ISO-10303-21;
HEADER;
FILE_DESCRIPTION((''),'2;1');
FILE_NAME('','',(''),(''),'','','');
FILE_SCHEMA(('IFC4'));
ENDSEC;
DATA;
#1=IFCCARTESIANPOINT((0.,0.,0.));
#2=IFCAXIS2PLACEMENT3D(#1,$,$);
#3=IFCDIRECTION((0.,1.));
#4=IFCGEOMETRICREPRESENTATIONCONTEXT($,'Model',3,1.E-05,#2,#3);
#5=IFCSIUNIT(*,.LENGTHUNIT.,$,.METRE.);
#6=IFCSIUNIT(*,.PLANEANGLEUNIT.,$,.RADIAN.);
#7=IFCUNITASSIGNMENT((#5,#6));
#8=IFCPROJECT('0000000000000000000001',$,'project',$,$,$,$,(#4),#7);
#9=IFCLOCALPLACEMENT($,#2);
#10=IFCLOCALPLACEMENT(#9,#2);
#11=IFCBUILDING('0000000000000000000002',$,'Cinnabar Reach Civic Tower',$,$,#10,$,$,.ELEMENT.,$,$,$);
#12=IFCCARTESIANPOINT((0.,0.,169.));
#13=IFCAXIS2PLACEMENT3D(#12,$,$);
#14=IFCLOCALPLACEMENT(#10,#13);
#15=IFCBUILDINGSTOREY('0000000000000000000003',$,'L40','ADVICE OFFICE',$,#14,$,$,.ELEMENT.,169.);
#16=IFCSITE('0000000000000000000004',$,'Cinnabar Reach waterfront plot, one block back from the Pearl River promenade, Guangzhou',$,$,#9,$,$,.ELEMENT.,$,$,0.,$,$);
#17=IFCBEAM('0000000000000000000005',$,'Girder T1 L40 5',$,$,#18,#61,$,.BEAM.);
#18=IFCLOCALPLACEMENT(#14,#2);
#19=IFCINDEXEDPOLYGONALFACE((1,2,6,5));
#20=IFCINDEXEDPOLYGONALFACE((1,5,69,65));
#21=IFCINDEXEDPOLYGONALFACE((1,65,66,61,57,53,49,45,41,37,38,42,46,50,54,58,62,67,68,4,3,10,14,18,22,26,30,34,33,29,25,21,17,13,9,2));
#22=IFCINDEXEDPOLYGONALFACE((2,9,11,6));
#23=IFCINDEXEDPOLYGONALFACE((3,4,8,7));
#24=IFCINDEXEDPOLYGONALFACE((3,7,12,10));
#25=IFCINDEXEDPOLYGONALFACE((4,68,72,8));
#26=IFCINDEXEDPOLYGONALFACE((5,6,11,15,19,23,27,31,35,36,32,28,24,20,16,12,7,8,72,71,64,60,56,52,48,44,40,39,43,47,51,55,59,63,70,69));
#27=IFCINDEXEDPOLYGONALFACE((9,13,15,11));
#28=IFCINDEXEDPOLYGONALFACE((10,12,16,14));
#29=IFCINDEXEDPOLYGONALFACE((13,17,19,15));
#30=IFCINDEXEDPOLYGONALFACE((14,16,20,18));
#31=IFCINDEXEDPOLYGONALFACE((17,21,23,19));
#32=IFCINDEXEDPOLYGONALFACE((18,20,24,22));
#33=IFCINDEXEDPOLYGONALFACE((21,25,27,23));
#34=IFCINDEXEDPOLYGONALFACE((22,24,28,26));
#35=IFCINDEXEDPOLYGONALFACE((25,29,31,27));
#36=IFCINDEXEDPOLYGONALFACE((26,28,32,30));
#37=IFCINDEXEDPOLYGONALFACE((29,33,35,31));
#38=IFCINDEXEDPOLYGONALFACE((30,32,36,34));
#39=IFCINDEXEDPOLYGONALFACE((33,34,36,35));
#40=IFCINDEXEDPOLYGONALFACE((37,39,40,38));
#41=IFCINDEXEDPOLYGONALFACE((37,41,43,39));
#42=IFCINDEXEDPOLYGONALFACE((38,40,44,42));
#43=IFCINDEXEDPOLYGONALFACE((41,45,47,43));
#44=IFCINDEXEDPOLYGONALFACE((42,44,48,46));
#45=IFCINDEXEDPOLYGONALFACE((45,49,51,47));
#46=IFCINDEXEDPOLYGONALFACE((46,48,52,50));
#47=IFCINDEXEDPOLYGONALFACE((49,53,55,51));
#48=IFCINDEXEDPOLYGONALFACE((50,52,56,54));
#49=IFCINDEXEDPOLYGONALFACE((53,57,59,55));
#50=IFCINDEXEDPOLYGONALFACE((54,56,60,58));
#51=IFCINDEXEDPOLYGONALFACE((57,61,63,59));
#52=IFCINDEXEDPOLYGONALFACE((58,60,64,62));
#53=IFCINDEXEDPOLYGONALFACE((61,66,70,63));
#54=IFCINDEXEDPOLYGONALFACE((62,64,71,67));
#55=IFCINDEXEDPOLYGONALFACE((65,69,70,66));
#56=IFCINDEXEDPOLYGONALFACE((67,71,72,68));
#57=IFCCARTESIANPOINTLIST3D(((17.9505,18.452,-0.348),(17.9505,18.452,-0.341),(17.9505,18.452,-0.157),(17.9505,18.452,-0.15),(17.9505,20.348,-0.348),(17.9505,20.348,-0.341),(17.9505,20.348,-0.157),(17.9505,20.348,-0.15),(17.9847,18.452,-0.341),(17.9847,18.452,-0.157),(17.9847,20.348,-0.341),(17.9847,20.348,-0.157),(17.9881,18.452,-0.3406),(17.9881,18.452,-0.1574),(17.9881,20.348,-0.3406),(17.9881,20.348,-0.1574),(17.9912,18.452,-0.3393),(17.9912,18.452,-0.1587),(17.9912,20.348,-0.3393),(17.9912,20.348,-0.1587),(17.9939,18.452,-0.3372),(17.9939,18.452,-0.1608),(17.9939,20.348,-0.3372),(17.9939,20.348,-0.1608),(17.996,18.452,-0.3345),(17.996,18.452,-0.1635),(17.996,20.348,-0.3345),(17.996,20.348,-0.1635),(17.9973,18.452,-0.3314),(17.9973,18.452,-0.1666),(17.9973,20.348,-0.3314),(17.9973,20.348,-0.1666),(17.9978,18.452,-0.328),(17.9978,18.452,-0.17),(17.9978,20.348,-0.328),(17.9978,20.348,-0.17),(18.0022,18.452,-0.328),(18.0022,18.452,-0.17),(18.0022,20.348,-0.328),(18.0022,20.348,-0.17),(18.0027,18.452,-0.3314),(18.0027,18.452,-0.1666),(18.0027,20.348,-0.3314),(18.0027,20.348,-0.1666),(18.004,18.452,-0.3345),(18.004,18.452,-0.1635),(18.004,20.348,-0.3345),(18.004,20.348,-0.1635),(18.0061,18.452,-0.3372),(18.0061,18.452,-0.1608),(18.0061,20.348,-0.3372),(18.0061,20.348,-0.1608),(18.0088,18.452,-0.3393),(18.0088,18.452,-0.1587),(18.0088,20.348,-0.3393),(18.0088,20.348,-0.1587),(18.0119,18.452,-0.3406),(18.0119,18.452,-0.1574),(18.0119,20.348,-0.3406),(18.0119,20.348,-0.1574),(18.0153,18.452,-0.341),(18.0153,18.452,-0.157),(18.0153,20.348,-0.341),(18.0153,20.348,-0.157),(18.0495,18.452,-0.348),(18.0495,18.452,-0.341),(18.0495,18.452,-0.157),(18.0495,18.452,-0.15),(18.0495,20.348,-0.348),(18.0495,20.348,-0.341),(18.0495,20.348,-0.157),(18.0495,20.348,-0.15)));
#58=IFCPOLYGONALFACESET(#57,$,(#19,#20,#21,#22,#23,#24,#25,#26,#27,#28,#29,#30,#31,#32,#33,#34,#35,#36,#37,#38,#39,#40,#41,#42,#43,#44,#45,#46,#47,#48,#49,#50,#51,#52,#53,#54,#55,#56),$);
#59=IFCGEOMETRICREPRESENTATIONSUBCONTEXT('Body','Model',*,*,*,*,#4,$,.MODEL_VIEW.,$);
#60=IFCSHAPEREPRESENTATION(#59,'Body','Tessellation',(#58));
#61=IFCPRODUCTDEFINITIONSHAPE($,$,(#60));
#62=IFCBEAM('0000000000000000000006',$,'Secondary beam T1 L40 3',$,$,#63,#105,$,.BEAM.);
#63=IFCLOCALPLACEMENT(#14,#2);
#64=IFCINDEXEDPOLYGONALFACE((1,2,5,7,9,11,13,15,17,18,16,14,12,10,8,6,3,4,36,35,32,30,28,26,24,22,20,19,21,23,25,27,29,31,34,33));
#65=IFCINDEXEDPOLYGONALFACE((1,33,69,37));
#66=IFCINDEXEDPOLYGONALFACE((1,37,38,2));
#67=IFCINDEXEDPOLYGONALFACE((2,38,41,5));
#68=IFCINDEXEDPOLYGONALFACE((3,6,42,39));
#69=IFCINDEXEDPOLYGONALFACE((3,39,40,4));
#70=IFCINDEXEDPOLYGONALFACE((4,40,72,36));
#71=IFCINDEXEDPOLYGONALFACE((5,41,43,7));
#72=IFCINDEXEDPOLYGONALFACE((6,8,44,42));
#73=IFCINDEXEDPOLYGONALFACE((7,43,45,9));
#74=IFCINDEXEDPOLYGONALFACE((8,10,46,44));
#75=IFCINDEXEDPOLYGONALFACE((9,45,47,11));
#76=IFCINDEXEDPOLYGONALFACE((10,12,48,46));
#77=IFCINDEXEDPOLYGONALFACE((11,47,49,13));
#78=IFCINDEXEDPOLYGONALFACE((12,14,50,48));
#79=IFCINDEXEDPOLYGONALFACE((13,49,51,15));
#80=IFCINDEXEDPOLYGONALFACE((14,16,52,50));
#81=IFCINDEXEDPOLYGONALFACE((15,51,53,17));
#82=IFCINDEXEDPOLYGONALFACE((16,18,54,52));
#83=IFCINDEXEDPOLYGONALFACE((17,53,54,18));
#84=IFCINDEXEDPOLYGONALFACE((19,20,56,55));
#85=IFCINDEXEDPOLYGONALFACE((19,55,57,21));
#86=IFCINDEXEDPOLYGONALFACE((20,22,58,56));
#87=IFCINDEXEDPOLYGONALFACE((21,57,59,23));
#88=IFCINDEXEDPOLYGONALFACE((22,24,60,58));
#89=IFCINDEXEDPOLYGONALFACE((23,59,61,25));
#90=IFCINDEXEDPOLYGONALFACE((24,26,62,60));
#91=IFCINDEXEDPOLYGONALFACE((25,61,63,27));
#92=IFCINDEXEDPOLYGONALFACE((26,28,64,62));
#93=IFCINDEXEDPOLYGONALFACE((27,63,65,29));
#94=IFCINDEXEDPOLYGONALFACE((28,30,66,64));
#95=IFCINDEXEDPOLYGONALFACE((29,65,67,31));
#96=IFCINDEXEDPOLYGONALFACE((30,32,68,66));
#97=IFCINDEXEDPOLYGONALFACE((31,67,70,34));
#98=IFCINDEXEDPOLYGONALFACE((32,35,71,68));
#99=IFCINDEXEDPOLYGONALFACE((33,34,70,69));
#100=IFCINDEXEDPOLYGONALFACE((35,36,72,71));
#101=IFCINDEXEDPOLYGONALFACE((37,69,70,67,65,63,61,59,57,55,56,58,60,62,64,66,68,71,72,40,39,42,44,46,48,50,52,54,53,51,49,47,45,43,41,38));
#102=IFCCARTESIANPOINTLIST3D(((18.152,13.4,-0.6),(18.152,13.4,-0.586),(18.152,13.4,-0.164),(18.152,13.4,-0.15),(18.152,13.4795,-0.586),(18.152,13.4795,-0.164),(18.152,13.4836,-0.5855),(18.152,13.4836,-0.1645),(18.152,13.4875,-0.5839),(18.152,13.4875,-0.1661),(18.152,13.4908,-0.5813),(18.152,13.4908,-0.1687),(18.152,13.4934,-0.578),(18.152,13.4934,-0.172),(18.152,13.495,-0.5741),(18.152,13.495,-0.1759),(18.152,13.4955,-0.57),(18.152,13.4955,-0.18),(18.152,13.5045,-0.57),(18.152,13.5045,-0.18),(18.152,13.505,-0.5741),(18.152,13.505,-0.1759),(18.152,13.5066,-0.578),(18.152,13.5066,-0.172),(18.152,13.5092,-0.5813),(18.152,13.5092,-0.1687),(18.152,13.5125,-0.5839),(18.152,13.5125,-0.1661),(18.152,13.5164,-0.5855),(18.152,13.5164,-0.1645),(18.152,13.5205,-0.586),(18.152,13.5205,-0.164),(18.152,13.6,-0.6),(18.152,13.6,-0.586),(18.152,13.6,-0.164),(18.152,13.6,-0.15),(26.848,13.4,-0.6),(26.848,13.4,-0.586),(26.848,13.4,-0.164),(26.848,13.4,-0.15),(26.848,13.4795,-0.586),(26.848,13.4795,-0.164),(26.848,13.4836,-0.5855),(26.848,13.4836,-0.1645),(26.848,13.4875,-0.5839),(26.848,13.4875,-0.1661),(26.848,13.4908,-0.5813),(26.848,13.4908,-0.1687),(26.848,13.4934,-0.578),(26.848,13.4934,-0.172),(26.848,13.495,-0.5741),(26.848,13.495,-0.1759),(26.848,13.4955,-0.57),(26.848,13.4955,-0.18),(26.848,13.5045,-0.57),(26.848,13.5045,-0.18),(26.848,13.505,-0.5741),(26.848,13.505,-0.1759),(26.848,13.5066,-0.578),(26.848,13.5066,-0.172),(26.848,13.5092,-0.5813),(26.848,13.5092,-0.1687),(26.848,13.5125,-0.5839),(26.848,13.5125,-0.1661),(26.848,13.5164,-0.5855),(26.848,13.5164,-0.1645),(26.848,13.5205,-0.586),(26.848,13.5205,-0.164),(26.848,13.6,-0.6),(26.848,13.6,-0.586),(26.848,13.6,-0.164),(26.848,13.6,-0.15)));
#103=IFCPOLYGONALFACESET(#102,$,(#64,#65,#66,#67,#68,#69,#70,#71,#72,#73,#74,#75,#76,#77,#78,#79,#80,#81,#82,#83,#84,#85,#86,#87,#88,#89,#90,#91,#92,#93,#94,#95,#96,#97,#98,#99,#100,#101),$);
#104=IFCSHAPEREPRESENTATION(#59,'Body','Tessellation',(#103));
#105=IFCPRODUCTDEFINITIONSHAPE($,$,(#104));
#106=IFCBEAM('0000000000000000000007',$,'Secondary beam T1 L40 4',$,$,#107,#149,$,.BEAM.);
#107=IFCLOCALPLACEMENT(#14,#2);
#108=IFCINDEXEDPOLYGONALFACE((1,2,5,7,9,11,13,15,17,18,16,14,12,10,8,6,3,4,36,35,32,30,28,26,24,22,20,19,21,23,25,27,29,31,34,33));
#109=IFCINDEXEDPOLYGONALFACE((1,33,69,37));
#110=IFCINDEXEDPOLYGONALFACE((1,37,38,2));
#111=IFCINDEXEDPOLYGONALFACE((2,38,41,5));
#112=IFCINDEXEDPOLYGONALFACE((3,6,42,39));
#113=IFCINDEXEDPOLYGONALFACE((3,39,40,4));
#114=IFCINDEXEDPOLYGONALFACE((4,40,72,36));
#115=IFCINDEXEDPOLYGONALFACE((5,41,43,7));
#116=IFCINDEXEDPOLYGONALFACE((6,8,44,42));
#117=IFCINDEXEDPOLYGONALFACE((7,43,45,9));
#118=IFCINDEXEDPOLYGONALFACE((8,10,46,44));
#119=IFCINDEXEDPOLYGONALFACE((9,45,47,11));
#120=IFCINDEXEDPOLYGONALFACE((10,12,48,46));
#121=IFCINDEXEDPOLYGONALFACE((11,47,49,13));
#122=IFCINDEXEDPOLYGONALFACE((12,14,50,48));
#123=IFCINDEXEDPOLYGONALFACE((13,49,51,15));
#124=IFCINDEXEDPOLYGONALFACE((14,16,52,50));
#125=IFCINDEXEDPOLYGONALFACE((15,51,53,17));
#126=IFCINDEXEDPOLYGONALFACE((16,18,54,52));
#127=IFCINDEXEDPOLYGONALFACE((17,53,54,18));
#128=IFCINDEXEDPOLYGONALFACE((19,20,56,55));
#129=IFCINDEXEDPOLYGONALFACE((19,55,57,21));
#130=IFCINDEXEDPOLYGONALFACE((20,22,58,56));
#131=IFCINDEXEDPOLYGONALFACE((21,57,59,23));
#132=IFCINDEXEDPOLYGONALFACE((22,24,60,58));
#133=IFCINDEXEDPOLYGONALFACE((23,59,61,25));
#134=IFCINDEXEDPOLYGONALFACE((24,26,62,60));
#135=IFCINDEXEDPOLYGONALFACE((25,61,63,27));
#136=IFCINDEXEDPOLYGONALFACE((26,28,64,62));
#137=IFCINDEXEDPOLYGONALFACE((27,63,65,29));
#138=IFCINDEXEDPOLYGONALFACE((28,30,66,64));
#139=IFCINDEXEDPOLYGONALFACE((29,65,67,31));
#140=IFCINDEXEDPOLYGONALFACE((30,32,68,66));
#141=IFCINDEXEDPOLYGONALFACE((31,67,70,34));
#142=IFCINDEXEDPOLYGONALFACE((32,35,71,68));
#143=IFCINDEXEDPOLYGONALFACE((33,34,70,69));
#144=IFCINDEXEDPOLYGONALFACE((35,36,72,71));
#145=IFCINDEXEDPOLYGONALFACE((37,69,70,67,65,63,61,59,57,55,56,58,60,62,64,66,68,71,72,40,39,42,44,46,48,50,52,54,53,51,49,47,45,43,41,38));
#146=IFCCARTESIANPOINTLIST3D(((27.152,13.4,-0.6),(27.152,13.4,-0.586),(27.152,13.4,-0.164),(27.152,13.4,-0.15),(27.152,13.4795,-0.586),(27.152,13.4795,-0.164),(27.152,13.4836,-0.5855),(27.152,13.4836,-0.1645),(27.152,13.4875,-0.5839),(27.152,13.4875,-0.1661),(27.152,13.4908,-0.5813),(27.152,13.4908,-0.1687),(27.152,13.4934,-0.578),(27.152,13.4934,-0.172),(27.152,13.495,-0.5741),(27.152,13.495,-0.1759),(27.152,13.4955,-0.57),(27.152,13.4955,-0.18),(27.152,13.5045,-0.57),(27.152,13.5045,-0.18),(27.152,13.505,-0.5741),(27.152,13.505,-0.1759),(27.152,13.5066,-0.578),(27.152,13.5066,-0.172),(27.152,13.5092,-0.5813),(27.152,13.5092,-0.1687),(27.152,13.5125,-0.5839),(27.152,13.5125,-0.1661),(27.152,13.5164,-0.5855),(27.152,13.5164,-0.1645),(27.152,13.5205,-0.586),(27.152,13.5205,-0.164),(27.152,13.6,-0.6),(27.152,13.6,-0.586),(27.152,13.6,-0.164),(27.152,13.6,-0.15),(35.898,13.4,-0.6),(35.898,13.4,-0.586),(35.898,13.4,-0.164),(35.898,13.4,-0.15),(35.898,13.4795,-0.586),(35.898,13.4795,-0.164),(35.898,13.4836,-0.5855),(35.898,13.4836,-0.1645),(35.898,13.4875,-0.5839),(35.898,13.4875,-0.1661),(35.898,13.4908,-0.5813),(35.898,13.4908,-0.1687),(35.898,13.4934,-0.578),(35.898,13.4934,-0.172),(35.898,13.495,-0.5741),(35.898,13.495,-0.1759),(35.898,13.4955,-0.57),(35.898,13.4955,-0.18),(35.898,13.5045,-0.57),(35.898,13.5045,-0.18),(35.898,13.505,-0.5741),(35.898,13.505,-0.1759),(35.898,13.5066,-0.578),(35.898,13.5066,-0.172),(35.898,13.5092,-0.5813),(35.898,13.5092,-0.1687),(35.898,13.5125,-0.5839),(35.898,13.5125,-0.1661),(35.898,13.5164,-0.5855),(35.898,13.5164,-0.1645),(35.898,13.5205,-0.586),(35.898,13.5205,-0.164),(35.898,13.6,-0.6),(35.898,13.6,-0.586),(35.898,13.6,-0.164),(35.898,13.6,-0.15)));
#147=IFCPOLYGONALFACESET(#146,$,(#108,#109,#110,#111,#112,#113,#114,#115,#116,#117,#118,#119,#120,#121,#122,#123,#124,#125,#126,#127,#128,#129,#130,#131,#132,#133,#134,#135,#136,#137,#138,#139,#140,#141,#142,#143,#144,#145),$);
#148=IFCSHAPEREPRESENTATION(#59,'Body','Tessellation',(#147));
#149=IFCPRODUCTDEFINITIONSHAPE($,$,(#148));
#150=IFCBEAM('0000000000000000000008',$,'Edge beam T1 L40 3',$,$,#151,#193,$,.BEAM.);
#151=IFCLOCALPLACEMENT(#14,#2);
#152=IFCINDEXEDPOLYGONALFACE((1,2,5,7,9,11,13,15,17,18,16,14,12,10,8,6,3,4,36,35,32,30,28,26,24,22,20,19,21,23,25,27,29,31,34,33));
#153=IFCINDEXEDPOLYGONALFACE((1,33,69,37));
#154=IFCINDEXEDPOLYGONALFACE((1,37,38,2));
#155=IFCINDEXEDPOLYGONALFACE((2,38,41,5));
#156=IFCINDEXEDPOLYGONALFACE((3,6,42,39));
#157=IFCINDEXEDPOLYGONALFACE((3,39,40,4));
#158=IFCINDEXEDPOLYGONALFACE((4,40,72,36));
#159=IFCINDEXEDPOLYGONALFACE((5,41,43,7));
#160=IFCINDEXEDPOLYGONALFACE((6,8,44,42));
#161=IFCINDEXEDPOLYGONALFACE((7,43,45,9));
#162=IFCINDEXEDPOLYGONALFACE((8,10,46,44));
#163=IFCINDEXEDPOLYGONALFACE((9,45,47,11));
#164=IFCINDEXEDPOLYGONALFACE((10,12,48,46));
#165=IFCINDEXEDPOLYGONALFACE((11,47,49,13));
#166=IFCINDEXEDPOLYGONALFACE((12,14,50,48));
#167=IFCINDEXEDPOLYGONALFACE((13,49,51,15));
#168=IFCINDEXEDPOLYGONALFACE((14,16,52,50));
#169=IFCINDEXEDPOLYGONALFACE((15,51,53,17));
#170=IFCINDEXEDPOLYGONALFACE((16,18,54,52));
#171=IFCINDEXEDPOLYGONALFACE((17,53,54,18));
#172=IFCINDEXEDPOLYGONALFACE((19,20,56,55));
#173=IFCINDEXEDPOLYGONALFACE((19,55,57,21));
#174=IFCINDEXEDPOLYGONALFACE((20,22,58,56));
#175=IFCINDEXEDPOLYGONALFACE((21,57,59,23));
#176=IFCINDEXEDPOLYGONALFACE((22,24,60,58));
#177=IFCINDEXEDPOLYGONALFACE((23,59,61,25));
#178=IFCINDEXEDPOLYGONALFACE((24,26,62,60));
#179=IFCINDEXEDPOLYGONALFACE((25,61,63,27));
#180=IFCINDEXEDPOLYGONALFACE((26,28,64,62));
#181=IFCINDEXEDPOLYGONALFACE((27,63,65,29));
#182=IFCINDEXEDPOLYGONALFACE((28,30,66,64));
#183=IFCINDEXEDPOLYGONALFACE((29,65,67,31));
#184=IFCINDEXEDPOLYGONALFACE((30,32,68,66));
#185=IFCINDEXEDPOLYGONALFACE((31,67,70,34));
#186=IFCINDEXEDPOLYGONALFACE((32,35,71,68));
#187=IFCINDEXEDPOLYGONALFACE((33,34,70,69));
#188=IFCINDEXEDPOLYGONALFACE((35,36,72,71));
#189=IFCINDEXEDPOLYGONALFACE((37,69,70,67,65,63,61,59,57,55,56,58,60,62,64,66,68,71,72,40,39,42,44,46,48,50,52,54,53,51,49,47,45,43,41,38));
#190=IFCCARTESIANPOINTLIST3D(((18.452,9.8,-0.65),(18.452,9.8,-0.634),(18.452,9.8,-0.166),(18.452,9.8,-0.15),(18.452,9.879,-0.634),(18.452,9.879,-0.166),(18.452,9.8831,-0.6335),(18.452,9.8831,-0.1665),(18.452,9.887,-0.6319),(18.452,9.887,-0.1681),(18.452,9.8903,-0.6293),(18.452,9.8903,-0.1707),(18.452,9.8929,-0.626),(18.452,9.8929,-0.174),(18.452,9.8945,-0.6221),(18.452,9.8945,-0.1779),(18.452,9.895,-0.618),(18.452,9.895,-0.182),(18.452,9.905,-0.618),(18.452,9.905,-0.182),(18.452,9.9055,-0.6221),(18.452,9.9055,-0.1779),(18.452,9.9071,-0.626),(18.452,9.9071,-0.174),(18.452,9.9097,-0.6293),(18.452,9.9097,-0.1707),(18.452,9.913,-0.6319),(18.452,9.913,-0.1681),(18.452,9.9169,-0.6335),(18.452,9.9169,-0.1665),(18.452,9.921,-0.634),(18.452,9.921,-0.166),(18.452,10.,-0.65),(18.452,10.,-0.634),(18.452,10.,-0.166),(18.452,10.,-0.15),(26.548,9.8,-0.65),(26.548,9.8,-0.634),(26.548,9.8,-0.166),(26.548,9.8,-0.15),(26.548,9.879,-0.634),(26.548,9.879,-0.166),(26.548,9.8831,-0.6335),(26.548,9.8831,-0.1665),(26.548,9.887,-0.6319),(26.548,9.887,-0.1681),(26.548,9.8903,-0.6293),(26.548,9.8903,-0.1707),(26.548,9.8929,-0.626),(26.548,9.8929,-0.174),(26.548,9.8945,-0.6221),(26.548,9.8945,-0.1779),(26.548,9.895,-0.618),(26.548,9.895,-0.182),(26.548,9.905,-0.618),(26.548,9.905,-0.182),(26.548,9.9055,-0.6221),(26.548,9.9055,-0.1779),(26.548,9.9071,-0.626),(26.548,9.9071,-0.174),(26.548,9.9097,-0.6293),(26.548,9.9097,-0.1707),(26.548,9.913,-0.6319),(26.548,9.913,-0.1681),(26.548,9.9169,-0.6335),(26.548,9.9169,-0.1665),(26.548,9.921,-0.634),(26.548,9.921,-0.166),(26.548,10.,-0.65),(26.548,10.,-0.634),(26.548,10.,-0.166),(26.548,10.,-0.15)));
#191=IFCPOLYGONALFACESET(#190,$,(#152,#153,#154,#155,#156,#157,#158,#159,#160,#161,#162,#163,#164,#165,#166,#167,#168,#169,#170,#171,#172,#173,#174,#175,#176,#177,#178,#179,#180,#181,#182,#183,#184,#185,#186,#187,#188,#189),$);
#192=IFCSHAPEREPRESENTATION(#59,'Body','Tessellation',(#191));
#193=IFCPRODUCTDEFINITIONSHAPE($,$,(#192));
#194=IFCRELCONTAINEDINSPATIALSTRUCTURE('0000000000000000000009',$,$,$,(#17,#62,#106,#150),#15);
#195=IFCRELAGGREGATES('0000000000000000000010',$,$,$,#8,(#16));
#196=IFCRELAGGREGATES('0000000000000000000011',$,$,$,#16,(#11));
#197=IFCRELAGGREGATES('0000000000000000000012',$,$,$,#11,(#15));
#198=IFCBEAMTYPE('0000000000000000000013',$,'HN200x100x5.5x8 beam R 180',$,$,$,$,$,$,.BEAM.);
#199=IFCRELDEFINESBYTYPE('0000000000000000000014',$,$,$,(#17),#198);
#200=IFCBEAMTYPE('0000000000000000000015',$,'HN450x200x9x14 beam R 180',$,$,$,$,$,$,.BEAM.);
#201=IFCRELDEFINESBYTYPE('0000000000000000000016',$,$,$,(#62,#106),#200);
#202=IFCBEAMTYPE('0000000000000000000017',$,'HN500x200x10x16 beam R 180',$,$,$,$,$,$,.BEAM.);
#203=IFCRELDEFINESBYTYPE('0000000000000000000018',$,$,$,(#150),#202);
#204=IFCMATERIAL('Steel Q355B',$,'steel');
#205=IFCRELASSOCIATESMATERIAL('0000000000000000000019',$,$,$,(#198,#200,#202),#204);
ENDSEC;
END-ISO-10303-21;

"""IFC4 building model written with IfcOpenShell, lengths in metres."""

from ifc_helpers import new_model, si_unit, direction, frame, origin, origin_2d, place, context, subcontext, project, spatial, i_section, extrude, material, material_profile, profile_set, type_object, element, save


model = new_model("IFC4")

# Units and contexts
model_context = context("Model", 3, precision=1e-05, world=origin(), true_north=direction((0.0, 1.0)))
body_context = subcontext(model_context, "Body", "Model", "MODEL_VIEW")
ifc_project = project(units=[si_unit("LENGTHUNIT", "METRE"), si_unit("PLANEANGLEUNIT", "RADIAN")], contexts=[model_context])

# Site, building, storey
site_placement = place(None, origin())
site = spatial("IfcSite", under=ifc_project, at=site_placement, Name="Cinnabar Reach waterfront plot, one block back from the Pearl River promenade, Guangzhou", CompositionType="ELEMENT", RefElevation=0.0)
building_placement = place(site_placement, origin())
building = spatial("IfcBuilding", under=site, at=building_placement, Name="Cinnabar Reach Civic Tower", CompositionType="ELEMENT")
storey_placement = place(building_placement, frame((0.0, 0.0, 169.0)))
storey = spatial("IfcBuildingStorey", under=building, at=storey_placement, Name="L40", Description="ADVICE OFFICE", CompositionType="ELEMENT", Elevation=169.0)

# Beams
ifc_material_1 = material(Name="Steel Q355B", Category="steel")
ifc_material_profile_1 = material_profile(ifc_material_1, i_section(OverallWidth=0.099, OverallDepth=0.198, WebThickness=0.0045, FlangeThickness=0.007, FilletRadius=0.013, at=origin_2d()), Name="HN200x100x5.5x8")
ifc_profile_set_1 = profile_set([ifc_material_profile_1], Name="Steel Q355B")
beam_type_1 = type_object("IfcBeamType", Name="HN200x100x5.5x8 beam R 180", PredefinedType="BEAM", material=ifc_profile_set_1)
beam_1_placement = place(storey_placement, frame((18.0, 18.452, -0.249), z_axis=(0.0, 1.0, 0.0), x_axis=(-1.0, 0.0, 0.0)))
element("IfcBeam", 1, at=beam_1_placement, inside=storey, type_object=beam_type_1, Name="Girder T1 L40 5", PredefinedType="BEAM", context=body_context, shape_type="SweptSolid", body=[
    extrude(i_section(OverallWidth=0.099, OverallDepth=0.198, WebThickness=0.0045, FlangeThickness=0.007, FilletRadius=0.013, at=origin_2d()), origin(), (0.0, 0.0, 1.0), 1.896),
])
ifc_material_profile_2 = material_profile(ifc_material_1, i_section(OverallWidth=0.2, OverallDepth=0.45, WebThickness=0.009, FlangeThickness=0.014, FilletRadius=0.016, at=origin_2d()), Name="HN450x200x9x14")
ifc_profile_set_2 = profile_set([ifc_material_profile_2], Name="Steel Q355B")
beam_type_2 = type_object("IfcBeamType", Name="HN450x200x9x14 beam R 180", PredefinedType="BEAM", material=ifc_profile_set_2)
beam_2_placement = place(storey_placement, frame((18.152, 13.5, -0.375), z_axis=(1.0, 0.0, 0.0), x_axis=(0.0, 1.0, 0.0)))
element("IfcBeam", 2, at=beam_2_placement, inside=storey, type_object=beam_type_2, Name="Secondary beam T1 L40 3", PredefinedType="BEAM", context=body_context, shape_type="SweptSolid", body=[
    extrude(i_section(OverallWidth=0.2, OverallDepth=0.45, WebThickness=0.009, FlangeThickness=0.014, FilletRadius=0.016, at=origin_2d()), origin(), (0.0, 0.0, 1.0), 8.696),
])
beam_3_placement = place(storey_placement, frame((27.152, 13.5, -0.375), z_axis=(1.0, 0.0, 0.0), x_axis=(0.0, 1.0, 0.0)))
element("IfcBeam", 3, at=beam_3_placement, inside=storey, type_object=beam_type_2, Name="Secondary beam T1 L40 4", PredefinedType="BEAM", context=body_context, shape_type="SweptSolid", body=[
    extrude(i_section(OverallWidth=0.2, OverallDepth=0.45, WebThickness=0.009, FlangeThickness=0.014, FilletRadius=0.016, at=origin_2d()), origin(), (0.0, 0.0, 1.0), 8.746),
])
ifc_material_profile_3 = material_profile(ifc_material_1, i_section(OverallWidth=0.2, OverallDepth=0.5, WebThickness=0.01, FlangeThickness=0.016, FilletRadius=0.016, at=origin_2d()), Name="HN500x200x10x16")
ifc_profile_set_3 = profile_set([ifc_material_profile_3], Name="Steel Q355B")
beam_type_3 = type_object("IfcBeamType", Name="HN500x200x10x16 beam R 180", PredefinedType="BEAM", material=ifc_profile_set_3)
beam_4_placement = place(storey_placement, frame((18.452, 9.9, -0.4), z_axis=(1.0, 0.0, 0.0), x_axis=(0.0, 1.0, 0.0)))
element("IfcBeam", 4, at=beam_4_placement, inside=storey, type_object=beam_type_3, Name="Edge beam T1 L40 3", PredefinedType="BEAM", context=body_context, shape_type="SweptSolid", body=[
    extrude(i_section(OverallWidth=0.2, OverallDepth=0.5, WebThickness=0.01, FlangeThickness=0.016, FilletRadius=0.016, at=origin_2d()), origin(), (0.0, 0.0, 1.0), 8.096),
])

save(model, "model.ifc")
